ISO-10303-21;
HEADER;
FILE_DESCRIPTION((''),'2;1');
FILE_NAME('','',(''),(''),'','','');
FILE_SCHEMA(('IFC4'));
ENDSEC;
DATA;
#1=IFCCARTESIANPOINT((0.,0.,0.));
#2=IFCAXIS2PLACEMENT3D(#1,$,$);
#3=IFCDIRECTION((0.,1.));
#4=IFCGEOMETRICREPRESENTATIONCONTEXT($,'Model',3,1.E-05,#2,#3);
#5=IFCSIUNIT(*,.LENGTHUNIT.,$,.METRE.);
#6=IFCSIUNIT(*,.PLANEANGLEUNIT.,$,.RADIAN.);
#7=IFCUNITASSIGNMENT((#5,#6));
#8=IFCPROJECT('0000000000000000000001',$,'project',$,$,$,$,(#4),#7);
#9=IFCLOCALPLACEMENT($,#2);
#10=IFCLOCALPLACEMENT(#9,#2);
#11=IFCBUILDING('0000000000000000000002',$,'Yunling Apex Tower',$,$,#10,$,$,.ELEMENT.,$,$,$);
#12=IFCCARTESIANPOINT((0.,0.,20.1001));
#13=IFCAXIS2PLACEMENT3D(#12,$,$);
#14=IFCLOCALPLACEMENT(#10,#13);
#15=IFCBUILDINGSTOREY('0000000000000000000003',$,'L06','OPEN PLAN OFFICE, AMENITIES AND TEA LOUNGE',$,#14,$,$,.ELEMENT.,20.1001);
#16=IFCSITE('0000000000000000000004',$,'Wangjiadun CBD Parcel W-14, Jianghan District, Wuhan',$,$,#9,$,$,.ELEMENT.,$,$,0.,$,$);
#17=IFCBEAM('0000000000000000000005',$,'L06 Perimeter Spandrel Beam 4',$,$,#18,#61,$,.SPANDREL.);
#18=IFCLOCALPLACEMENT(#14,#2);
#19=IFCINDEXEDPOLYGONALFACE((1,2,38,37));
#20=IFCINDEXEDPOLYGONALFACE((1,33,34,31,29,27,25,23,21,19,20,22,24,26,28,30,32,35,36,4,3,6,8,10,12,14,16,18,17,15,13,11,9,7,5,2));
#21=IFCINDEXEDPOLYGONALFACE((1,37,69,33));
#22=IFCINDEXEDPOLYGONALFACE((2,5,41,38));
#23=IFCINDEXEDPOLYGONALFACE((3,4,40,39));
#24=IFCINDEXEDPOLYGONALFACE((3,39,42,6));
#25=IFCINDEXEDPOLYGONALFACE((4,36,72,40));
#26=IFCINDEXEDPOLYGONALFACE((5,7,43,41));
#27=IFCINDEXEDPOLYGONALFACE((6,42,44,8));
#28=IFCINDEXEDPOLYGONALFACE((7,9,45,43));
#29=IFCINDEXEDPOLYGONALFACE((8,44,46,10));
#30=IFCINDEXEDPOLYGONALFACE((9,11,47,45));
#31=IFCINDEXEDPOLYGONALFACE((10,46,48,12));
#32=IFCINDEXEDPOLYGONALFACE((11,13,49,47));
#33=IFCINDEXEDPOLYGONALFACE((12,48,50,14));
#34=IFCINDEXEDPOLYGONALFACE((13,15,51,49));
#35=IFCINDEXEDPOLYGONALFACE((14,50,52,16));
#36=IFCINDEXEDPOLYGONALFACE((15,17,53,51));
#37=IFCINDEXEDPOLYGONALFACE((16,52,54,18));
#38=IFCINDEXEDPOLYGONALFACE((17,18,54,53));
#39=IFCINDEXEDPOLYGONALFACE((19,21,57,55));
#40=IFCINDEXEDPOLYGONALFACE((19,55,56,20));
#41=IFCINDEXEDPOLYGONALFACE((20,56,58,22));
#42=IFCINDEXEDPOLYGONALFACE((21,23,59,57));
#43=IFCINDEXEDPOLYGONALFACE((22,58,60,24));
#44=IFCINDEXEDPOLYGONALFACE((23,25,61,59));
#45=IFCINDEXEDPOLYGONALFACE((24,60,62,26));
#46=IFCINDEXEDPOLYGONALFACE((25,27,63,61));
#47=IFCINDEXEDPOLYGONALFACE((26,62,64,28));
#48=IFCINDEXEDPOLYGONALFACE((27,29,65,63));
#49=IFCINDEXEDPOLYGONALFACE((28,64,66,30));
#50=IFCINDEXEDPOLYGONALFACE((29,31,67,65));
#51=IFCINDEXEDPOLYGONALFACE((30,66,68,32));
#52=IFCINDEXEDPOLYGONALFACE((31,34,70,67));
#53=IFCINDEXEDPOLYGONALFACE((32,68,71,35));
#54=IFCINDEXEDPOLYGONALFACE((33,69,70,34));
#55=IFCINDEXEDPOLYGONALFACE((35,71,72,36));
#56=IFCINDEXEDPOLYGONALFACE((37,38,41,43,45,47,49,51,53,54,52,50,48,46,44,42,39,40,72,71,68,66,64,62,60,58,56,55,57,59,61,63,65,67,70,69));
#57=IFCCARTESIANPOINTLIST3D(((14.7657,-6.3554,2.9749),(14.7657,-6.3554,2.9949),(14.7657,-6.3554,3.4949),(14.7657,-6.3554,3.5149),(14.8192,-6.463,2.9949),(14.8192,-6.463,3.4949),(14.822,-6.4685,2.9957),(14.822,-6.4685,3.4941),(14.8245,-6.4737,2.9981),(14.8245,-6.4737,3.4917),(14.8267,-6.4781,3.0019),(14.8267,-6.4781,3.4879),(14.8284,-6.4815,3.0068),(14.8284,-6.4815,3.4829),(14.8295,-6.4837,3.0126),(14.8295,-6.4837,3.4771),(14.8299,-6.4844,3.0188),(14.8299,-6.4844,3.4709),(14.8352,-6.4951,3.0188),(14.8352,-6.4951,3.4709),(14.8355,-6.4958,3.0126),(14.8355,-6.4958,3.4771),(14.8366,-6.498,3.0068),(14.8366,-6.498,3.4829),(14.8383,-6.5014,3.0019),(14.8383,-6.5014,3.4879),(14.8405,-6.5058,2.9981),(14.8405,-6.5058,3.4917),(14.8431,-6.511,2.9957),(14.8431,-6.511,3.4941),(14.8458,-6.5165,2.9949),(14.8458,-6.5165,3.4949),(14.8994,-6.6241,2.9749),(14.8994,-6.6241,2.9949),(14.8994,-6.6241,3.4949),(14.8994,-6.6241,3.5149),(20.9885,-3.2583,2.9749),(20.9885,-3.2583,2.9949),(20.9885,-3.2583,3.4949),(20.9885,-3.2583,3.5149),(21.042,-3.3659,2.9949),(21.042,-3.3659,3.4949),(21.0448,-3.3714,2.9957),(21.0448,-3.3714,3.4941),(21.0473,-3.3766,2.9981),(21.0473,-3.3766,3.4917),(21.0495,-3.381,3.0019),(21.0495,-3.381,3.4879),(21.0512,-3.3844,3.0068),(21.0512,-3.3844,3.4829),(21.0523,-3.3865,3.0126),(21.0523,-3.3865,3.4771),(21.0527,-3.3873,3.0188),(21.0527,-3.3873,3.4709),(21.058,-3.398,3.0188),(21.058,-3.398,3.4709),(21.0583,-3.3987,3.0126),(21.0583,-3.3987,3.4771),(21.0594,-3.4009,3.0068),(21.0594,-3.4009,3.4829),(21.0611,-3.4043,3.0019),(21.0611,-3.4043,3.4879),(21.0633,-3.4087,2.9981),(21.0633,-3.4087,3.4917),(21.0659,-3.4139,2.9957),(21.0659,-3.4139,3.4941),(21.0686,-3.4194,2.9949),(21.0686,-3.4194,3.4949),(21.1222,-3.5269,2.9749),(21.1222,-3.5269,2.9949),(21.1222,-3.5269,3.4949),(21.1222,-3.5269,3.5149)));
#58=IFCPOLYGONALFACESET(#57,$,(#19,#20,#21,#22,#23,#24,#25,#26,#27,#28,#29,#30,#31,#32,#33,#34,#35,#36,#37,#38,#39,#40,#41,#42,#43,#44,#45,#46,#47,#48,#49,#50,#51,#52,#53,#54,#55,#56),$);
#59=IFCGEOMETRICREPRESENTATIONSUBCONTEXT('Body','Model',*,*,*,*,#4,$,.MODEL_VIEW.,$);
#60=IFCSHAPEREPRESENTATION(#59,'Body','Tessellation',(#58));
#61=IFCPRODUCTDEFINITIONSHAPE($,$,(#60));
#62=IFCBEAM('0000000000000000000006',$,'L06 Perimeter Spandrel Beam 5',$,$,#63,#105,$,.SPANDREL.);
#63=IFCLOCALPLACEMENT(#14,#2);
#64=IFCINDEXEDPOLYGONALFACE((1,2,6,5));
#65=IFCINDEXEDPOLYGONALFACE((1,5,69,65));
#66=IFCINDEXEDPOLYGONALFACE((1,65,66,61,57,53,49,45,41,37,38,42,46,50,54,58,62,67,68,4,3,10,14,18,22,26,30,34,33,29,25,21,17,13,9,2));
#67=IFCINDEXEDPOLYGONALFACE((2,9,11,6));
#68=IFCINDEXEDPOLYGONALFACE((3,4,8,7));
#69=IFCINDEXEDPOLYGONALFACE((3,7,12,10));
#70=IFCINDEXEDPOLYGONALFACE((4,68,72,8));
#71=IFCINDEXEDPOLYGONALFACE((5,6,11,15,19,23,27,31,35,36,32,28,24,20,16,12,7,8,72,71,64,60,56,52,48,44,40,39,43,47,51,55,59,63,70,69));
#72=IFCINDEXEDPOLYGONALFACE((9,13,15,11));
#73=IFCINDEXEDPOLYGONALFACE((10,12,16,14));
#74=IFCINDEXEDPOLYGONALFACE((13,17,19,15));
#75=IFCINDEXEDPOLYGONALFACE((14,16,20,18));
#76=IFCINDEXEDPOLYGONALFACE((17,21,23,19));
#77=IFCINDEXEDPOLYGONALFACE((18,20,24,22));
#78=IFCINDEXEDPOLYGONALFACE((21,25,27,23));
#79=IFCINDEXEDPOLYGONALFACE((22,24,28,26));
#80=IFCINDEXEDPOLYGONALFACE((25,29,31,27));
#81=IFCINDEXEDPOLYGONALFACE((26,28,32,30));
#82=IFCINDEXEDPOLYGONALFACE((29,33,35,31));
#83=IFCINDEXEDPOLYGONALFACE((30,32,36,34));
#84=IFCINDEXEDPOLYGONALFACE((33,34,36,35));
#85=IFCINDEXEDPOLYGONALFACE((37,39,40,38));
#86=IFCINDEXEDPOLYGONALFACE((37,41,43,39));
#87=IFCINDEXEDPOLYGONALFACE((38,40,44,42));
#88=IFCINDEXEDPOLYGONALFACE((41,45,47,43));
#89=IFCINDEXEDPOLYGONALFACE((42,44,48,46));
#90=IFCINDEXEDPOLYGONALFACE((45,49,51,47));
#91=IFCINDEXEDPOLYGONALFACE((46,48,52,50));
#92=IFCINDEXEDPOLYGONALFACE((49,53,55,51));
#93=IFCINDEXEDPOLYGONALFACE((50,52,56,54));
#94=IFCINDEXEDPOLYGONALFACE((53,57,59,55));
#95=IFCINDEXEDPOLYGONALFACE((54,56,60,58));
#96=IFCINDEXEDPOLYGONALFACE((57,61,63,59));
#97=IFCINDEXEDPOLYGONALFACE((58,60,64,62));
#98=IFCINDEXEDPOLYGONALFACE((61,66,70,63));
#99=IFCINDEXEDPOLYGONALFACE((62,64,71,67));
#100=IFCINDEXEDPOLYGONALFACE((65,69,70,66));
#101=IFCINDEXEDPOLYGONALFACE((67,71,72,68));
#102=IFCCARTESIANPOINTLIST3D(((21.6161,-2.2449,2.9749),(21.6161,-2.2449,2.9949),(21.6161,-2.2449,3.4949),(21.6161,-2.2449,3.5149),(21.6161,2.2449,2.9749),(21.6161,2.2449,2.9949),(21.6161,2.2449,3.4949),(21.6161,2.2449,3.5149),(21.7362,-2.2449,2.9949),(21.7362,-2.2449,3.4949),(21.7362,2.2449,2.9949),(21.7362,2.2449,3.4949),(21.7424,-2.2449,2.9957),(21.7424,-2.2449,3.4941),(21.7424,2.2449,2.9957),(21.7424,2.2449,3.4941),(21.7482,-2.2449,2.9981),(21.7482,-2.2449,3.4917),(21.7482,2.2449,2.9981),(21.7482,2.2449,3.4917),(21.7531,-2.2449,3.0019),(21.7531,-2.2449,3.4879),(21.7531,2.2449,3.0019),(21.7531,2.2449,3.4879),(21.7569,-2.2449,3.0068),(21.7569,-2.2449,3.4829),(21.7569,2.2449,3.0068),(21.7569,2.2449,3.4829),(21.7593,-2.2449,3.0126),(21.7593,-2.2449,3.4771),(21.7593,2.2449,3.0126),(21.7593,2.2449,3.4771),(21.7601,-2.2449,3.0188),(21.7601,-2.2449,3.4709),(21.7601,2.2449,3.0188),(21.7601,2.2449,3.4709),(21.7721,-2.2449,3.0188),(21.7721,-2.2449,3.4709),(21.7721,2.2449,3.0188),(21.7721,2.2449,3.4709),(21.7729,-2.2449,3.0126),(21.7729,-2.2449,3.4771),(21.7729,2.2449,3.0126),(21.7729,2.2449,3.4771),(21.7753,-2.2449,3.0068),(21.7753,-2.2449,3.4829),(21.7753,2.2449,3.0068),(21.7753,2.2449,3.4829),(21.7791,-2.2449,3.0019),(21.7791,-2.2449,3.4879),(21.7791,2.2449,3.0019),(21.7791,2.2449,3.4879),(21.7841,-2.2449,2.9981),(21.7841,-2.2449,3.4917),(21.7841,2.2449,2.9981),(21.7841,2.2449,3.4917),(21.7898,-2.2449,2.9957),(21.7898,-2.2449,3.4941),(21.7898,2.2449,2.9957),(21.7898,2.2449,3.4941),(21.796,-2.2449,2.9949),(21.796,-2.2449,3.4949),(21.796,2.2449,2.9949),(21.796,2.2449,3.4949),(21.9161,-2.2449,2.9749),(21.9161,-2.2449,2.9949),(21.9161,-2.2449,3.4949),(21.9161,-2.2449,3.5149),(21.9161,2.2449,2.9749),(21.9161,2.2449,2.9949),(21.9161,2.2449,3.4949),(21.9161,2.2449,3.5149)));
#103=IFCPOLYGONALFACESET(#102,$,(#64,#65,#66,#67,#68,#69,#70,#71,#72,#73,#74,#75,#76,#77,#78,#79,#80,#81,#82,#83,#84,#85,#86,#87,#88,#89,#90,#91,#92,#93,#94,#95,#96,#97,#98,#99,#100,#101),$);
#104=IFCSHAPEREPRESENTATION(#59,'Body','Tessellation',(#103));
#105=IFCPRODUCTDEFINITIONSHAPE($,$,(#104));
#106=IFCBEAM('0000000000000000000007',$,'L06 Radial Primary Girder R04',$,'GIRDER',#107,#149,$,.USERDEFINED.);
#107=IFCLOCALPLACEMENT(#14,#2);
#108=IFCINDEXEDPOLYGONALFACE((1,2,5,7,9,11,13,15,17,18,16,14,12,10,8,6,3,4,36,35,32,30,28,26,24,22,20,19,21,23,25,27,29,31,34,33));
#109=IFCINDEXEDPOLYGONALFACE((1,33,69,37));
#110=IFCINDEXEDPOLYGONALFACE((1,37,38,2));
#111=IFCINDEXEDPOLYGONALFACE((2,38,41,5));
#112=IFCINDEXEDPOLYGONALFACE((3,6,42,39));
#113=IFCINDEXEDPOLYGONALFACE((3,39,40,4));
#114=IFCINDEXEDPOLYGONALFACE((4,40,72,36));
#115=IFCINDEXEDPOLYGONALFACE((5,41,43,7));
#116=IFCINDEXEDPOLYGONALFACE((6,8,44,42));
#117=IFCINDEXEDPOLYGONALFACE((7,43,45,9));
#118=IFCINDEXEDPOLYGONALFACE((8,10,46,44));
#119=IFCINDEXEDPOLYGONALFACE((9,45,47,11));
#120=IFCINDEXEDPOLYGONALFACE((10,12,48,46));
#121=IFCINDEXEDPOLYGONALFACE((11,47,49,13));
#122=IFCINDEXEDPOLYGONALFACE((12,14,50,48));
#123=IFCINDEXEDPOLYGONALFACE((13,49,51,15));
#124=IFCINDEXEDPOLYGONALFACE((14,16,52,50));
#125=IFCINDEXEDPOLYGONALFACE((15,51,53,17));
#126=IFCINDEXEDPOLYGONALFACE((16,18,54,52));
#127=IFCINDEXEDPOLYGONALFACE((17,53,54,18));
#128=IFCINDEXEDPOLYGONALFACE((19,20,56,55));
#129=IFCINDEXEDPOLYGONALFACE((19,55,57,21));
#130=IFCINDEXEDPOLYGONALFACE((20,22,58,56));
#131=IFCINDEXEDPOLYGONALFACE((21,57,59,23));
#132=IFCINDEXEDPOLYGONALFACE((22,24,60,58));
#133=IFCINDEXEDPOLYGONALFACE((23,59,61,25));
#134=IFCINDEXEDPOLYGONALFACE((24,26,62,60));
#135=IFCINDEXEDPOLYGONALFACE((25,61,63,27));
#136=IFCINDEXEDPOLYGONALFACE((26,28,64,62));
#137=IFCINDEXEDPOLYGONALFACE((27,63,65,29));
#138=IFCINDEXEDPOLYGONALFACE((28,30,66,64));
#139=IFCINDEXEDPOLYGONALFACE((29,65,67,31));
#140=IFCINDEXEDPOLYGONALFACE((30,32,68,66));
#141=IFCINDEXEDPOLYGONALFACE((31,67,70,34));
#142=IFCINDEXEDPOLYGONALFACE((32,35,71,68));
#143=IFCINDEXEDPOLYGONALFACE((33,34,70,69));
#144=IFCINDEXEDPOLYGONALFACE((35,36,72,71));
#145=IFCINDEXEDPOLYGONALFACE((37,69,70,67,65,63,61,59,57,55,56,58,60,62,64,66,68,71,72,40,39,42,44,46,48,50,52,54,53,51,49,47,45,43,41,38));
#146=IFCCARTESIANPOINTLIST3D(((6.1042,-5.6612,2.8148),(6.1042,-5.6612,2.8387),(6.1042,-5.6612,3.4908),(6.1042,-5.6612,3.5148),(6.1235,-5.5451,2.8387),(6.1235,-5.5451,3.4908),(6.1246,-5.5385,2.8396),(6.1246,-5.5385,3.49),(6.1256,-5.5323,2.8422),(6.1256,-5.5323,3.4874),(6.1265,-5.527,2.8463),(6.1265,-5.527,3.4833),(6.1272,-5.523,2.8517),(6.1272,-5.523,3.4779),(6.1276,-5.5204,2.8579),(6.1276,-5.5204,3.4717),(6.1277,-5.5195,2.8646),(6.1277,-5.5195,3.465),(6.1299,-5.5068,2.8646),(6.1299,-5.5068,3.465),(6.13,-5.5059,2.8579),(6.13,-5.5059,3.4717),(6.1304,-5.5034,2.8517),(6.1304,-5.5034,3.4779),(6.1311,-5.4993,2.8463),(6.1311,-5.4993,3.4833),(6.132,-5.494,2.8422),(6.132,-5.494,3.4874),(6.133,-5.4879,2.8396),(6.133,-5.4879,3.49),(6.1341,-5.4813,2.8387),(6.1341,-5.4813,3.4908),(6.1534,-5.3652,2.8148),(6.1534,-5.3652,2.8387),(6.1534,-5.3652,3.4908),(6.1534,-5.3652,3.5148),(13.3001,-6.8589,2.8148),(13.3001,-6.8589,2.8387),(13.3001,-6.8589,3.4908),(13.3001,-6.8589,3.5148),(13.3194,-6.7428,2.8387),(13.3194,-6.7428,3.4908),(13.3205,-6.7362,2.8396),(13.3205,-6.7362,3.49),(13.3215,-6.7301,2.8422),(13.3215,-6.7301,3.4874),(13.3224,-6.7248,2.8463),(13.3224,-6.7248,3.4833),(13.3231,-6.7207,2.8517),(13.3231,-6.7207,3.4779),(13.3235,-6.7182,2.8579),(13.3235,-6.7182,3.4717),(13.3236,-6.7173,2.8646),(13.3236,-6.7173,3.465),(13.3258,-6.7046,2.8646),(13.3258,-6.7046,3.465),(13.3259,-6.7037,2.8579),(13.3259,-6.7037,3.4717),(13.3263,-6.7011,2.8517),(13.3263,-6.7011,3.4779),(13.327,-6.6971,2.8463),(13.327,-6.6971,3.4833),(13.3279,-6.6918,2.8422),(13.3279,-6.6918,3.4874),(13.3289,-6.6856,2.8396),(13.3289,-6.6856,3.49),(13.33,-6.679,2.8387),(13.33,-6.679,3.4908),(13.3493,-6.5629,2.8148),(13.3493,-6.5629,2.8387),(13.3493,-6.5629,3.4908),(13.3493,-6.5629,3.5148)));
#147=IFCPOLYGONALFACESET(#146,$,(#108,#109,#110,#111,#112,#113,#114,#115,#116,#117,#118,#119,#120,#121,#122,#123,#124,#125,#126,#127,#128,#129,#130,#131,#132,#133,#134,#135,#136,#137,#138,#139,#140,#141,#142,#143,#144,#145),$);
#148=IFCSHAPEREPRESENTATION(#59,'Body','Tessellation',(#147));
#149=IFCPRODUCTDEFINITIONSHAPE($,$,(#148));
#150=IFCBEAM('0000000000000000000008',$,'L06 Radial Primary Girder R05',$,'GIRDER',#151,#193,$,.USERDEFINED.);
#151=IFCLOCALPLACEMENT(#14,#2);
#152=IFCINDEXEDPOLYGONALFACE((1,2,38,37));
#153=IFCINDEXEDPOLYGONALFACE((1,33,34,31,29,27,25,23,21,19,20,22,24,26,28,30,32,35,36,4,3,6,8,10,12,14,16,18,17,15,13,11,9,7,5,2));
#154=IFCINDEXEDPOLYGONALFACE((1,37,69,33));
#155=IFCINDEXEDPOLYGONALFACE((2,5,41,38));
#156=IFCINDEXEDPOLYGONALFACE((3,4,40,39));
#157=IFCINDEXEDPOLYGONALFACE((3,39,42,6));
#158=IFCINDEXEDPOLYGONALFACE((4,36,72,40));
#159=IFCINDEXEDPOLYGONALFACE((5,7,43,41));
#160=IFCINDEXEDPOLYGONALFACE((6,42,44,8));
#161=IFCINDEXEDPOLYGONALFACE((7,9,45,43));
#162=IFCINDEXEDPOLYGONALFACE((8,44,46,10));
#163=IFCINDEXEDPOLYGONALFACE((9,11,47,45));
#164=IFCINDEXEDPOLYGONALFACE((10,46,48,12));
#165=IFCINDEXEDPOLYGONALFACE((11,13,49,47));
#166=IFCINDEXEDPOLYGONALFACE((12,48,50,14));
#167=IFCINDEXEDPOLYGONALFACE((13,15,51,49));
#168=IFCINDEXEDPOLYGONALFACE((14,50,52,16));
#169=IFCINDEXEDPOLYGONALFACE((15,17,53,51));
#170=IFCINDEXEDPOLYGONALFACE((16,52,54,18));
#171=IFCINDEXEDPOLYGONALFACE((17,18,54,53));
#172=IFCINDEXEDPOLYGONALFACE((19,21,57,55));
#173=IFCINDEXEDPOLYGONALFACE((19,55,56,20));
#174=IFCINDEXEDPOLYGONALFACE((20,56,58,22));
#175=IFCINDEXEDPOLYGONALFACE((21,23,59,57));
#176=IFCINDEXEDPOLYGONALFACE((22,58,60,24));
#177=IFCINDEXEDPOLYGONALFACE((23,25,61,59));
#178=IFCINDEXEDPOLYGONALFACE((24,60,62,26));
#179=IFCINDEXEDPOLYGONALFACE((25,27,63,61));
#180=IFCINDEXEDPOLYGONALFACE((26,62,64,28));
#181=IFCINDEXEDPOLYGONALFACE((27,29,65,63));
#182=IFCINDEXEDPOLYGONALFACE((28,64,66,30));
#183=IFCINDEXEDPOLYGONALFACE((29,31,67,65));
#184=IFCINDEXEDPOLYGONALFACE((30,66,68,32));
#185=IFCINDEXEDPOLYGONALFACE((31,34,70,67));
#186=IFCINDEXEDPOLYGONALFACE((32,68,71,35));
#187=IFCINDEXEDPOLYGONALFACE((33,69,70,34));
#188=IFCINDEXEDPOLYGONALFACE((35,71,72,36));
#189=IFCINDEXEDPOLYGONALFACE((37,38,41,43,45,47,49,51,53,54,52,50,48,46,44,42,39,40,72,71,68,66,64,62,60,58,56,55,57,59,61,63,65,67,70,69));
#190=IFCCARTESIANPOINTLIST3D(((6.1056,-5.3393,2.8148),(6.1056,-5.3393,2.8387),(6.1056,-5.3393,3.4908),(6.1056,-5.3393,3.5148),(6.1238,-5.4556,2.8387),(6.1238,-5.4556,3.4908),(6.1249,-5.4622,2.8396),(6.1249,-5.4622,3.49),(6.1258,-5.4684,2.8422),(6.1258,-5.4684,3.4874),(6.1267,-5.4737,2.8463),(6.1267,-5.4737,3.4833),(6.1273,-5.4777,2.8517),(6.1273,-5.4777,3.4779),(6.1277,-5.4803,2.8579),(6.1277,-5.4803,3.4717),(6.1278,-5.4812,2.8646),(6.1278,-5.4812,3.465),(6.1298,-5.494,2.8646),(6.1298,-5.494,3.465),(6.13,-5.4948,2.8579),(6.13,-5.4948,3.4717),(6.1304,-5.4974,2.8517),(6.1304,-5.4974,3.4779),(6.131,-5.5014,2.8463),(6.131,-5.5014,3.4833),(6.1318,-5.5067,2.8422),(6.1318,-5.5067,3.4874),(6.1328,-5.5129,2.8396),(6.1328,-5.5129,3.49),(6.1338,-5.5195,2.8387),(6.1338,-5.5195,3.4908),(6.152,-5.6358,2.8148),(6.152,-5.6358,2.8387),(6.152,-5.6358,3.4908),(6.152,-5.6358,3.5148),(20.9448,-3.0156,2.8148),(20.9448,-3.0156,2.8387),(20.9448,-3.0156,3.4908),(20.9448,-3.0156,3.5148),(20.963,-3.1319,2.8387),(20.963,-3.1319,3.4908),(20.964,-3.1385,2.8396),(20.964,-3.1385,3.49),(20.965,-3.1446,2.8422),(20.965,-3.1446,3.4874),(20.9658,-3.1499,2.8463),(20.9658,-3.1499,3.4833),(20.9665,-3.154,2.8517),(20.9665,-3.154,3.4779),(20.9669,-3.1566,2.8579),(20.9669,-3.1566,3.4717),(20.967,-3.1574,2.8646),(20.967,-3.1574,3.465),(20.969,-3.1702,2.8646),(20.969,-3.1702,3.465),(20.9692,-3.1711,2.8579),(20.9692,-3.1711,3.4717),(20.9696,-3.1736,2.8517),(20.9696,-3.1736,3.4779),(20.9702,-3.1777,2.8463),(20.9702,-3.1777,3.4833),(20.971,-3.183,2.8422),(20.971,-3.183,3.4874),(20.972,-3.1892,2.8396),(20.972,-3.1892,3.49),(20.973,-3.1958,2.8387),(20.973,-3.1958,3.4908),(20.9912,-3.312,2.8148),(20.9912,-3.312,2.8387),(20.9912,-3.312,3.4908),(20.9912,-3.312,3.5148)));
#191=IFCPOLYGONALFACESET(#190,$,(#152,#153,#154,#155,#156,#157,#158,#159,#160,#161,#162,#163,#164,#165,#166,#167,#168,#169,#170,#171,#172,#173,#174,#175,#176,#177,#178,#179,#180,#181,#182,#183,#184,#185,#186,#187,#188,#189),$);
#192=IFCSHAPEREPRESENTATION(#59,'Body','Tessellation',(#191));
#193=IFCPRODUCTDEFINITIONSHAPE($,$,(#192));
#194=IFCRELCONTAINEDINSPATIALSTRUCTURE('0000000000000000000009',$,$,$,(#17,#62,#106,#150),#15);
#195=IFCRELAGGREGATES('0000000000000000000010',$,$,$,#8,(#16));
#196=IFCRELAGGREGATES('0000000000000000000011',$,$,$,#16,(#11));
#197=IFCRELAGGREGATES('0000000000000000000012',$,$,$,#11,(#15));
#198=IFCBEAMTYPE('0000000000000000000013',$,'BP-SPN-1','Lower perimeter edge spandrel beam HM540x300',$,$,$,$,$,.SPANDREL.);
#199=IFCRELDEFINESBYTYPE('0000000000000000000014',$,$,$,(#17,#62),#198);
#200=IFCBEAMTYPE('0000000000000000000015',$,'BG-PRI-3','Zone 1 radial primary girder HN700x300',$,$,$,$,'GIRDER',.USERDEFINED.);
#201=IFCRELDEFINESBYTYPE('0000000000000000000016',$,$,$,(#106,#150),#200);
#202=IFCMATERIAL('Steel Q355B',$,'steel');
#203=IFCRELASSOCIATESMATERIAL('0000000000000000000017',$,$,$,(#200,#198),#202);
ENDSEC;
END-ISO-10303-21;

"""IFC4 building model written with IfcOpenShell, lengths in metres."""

from ifc_helpers import new_model, si_unit, direction, frame, origin, origin_2d, place, context, subcontext, project, spatial, i_section, extrude, source, transform, mapped, material, material_profile, profile_set, type_object, element, save


model = new_model("IFC4")

# Units and contexts
model_context = context("Model", 3, precision=1e-05, world=origin(), true_north=direction((0.0, 1.0)))
body_context = subcontext(model_context, "Body", "Model", "MODEL_VIEW")
ifc_project = project(units=[si_unit("LENGTHUNIT", "METRE"), si_unit("PLANEANGLEUNIT", "RADIAN")], contexts=[model_context])

# Site, building, storey
site_placement = place(None, origin())
site = spatial("IfcSite", under=ifc_project, at=site_placement, Name="Wangjiadun CBD Parcel W-14, Jianghan District, Wuhan", CompositionType="ELEMENT", RefElevation=0.0)
building_placement = place(site_placement, origin())
building = spatial("IfcBuilding", under=site, at=building_placement, Name="Yunling Apex Tower", CompositionType="ELEMENT")
storey_placement = place(building_placement, frame((0.0, 0.0, 20.1001)))
storey = spatial("IfcBuildingStorey", under=building, at=storey_placement, Name="L06", Description="OPEN PLAN OFFICE, AMENITIES AND TEA LOUNGE", CompositionType="ELEMENT", Elevation=20.1001)

# Beams
ifc_material_1 = material(Name="Steel Q355B", Category="steel")
ifc_material_profile_1 = material_profile(ifc_material_1, i_section(OverallWidth=0.3, OverallDepth=0.7, WebThickness=0.0129, FlangeThickness=0.0239, FilletRadius=0.0259, at=origin_2d()))
ifc_profile_set_1 = profile_set([ifc_material_profile_1], Name="Steel Q355B")
beam_type_1 = type_object("IfcBeamType", Name="BG-PRI-3", Description="Zone 1 radial primary girder HN700x300", ElementType="GIRDER", PredefinedType="USERDEFINED", material=ifc_profile_set_1)
ifc_material_profile_2 = material_profile(ifc_material_1, i_section(OverallWidth=0.3, OverallDepth=0.54, WebThickness=0.012, FlangeThickness=0.02, FilletRadius=0.0239, at=origin_2d()))
ifc_profile_set_2 = profile_set([ifc_material_profile_2], Name="Steel Q355B")
beam_type_2 = type_object("IfcBeamType", Name="BP-SPN-1", Description="Lower perimeter edge spandrel beam HM540x300", PredefinedType="SPANDREL", material=ifc_profile_set_2)
shared_shape_1 = source(origin(), body_context, "Body", "SweptSolid", [
    extrude(i_section(OverallWidth=0.3, OverallDepth=0.54, WebThickness=0.012, FlangeThickness=0.02, FilletRadius=0.0239, at=origin_2d()), origin(), (0.0, 0.0, 1.0), 6.9509),
])
beam_1_placement = place(storey_placement, frame((14.8325, -6.4897, 3.2449), z_axis=(0.895248, 0.445569, 0.0), x_axis=(-0.445569, 0.895248, 0.0)))
element("IfcBeam", 1, at=beam_1_placement, inside=storey, type_object=beam_type_2, Name="L06 Perimeter Spandrel Beam 4", PredefinedType="SPANDREL", context=body_context, shape_type="MappedRepresentation", body=[
    mapped(shared_shape_1, transform((0.0, 0.0, 0.0), scale=1.0)),
])
shared_shape_2 = source(origin(), body_context, "Body", "SweptSolid", [
    extrude(i_section(OverallWidth=0.3, OverallDepth=0.54, WebThickness=0.012, FlangeThickness=0.02, FilletRadius=0.0239, at=origin_2d()), origin(), (0.0, 0.0, 1.0), 4.4897),
])
beam_2_placement = place(storey_placement, frame((21.7661, -2.2449, 3.2449), z_axis=(0.0, 1.0, 0.0), x_axis=(-1.0, 0.0, 0.0)))
element("IfcBeam", 2, at=beam_2_placement, inside=storey, type_object=beam_type_2, Name="L06 Perimeter Spandrel Beam 5", PredefinedType="SPANDREL", context=body_context, shape_type="MappedRepresentation", body=[
    mapped(shared_shape_2, transform((0.0, 0.0, 0.0), scale=1.0)),
])
shared_shape_3 = source(origin(), body_context, "Body", "SweptSolid", [
    extrude(i_section(OverallWidth=0.3, OverallDepth=0.7, WebThickness=0.0129, FlangeThickness=0.0239, FilletRadius=0.0259, at=origin_2d()), origin(), (0.0, 0.0, 1.0), 7.2949),
])
beam_3_placement = place(storey_placement, frame((13.3247, -6.7109, 3.1648), z_axis=(-0.986428, 0.164193, 0.0), x_axis=(-0.164193, -0.986428, 0.0)))
element("IfcBeam", 3, at=beam_3_placement, inside=storey, type_object=beam_type_1, Name="L06 Radial Primary Girder R04", ObjectType="GIRDER", PredefinedType="USERDEFINED", context=body_context, shape_type="MappedRepresentation", body=[
    mapped(shared_shape_3, transform((0.0, 0.0, 0.0), scale=1.0)),
])
shared_shape_4 = source(origin(), body_context, "Body", "SweptSolid", [
    extrude(i_section(OverallWidth=0.3, OverallDepth=0.7, WebThickness=0.0129, FlangeThickness=0.0239, FilletRadius=0.0259, at=origin_2d()), origin(), (0.0, 0.0, 1.0), 15.02),
])
beam_4_placement = place(storey_placement, frame((20.968, -3.1638, 3.1648), z_axis=(-0.98796, -0.15471, 0.0), x_axis=(0.15471, -0.98796, 0.0)))
element("IfcBeam", 4, at=beam_4_placement, inside=storey, type_object=beam_type_1, Name="L06 Radial Primary Girder R05", ObjectType="GIRDER", PredefinedType="USERDEFINED", context=body_context, shape_type="MappedRepresentation", body=[
    mapped(shared_shape_4, transform((0.0, 0.0, 0.0), scale=1.0)),
])

save(model, "model.ifc")
